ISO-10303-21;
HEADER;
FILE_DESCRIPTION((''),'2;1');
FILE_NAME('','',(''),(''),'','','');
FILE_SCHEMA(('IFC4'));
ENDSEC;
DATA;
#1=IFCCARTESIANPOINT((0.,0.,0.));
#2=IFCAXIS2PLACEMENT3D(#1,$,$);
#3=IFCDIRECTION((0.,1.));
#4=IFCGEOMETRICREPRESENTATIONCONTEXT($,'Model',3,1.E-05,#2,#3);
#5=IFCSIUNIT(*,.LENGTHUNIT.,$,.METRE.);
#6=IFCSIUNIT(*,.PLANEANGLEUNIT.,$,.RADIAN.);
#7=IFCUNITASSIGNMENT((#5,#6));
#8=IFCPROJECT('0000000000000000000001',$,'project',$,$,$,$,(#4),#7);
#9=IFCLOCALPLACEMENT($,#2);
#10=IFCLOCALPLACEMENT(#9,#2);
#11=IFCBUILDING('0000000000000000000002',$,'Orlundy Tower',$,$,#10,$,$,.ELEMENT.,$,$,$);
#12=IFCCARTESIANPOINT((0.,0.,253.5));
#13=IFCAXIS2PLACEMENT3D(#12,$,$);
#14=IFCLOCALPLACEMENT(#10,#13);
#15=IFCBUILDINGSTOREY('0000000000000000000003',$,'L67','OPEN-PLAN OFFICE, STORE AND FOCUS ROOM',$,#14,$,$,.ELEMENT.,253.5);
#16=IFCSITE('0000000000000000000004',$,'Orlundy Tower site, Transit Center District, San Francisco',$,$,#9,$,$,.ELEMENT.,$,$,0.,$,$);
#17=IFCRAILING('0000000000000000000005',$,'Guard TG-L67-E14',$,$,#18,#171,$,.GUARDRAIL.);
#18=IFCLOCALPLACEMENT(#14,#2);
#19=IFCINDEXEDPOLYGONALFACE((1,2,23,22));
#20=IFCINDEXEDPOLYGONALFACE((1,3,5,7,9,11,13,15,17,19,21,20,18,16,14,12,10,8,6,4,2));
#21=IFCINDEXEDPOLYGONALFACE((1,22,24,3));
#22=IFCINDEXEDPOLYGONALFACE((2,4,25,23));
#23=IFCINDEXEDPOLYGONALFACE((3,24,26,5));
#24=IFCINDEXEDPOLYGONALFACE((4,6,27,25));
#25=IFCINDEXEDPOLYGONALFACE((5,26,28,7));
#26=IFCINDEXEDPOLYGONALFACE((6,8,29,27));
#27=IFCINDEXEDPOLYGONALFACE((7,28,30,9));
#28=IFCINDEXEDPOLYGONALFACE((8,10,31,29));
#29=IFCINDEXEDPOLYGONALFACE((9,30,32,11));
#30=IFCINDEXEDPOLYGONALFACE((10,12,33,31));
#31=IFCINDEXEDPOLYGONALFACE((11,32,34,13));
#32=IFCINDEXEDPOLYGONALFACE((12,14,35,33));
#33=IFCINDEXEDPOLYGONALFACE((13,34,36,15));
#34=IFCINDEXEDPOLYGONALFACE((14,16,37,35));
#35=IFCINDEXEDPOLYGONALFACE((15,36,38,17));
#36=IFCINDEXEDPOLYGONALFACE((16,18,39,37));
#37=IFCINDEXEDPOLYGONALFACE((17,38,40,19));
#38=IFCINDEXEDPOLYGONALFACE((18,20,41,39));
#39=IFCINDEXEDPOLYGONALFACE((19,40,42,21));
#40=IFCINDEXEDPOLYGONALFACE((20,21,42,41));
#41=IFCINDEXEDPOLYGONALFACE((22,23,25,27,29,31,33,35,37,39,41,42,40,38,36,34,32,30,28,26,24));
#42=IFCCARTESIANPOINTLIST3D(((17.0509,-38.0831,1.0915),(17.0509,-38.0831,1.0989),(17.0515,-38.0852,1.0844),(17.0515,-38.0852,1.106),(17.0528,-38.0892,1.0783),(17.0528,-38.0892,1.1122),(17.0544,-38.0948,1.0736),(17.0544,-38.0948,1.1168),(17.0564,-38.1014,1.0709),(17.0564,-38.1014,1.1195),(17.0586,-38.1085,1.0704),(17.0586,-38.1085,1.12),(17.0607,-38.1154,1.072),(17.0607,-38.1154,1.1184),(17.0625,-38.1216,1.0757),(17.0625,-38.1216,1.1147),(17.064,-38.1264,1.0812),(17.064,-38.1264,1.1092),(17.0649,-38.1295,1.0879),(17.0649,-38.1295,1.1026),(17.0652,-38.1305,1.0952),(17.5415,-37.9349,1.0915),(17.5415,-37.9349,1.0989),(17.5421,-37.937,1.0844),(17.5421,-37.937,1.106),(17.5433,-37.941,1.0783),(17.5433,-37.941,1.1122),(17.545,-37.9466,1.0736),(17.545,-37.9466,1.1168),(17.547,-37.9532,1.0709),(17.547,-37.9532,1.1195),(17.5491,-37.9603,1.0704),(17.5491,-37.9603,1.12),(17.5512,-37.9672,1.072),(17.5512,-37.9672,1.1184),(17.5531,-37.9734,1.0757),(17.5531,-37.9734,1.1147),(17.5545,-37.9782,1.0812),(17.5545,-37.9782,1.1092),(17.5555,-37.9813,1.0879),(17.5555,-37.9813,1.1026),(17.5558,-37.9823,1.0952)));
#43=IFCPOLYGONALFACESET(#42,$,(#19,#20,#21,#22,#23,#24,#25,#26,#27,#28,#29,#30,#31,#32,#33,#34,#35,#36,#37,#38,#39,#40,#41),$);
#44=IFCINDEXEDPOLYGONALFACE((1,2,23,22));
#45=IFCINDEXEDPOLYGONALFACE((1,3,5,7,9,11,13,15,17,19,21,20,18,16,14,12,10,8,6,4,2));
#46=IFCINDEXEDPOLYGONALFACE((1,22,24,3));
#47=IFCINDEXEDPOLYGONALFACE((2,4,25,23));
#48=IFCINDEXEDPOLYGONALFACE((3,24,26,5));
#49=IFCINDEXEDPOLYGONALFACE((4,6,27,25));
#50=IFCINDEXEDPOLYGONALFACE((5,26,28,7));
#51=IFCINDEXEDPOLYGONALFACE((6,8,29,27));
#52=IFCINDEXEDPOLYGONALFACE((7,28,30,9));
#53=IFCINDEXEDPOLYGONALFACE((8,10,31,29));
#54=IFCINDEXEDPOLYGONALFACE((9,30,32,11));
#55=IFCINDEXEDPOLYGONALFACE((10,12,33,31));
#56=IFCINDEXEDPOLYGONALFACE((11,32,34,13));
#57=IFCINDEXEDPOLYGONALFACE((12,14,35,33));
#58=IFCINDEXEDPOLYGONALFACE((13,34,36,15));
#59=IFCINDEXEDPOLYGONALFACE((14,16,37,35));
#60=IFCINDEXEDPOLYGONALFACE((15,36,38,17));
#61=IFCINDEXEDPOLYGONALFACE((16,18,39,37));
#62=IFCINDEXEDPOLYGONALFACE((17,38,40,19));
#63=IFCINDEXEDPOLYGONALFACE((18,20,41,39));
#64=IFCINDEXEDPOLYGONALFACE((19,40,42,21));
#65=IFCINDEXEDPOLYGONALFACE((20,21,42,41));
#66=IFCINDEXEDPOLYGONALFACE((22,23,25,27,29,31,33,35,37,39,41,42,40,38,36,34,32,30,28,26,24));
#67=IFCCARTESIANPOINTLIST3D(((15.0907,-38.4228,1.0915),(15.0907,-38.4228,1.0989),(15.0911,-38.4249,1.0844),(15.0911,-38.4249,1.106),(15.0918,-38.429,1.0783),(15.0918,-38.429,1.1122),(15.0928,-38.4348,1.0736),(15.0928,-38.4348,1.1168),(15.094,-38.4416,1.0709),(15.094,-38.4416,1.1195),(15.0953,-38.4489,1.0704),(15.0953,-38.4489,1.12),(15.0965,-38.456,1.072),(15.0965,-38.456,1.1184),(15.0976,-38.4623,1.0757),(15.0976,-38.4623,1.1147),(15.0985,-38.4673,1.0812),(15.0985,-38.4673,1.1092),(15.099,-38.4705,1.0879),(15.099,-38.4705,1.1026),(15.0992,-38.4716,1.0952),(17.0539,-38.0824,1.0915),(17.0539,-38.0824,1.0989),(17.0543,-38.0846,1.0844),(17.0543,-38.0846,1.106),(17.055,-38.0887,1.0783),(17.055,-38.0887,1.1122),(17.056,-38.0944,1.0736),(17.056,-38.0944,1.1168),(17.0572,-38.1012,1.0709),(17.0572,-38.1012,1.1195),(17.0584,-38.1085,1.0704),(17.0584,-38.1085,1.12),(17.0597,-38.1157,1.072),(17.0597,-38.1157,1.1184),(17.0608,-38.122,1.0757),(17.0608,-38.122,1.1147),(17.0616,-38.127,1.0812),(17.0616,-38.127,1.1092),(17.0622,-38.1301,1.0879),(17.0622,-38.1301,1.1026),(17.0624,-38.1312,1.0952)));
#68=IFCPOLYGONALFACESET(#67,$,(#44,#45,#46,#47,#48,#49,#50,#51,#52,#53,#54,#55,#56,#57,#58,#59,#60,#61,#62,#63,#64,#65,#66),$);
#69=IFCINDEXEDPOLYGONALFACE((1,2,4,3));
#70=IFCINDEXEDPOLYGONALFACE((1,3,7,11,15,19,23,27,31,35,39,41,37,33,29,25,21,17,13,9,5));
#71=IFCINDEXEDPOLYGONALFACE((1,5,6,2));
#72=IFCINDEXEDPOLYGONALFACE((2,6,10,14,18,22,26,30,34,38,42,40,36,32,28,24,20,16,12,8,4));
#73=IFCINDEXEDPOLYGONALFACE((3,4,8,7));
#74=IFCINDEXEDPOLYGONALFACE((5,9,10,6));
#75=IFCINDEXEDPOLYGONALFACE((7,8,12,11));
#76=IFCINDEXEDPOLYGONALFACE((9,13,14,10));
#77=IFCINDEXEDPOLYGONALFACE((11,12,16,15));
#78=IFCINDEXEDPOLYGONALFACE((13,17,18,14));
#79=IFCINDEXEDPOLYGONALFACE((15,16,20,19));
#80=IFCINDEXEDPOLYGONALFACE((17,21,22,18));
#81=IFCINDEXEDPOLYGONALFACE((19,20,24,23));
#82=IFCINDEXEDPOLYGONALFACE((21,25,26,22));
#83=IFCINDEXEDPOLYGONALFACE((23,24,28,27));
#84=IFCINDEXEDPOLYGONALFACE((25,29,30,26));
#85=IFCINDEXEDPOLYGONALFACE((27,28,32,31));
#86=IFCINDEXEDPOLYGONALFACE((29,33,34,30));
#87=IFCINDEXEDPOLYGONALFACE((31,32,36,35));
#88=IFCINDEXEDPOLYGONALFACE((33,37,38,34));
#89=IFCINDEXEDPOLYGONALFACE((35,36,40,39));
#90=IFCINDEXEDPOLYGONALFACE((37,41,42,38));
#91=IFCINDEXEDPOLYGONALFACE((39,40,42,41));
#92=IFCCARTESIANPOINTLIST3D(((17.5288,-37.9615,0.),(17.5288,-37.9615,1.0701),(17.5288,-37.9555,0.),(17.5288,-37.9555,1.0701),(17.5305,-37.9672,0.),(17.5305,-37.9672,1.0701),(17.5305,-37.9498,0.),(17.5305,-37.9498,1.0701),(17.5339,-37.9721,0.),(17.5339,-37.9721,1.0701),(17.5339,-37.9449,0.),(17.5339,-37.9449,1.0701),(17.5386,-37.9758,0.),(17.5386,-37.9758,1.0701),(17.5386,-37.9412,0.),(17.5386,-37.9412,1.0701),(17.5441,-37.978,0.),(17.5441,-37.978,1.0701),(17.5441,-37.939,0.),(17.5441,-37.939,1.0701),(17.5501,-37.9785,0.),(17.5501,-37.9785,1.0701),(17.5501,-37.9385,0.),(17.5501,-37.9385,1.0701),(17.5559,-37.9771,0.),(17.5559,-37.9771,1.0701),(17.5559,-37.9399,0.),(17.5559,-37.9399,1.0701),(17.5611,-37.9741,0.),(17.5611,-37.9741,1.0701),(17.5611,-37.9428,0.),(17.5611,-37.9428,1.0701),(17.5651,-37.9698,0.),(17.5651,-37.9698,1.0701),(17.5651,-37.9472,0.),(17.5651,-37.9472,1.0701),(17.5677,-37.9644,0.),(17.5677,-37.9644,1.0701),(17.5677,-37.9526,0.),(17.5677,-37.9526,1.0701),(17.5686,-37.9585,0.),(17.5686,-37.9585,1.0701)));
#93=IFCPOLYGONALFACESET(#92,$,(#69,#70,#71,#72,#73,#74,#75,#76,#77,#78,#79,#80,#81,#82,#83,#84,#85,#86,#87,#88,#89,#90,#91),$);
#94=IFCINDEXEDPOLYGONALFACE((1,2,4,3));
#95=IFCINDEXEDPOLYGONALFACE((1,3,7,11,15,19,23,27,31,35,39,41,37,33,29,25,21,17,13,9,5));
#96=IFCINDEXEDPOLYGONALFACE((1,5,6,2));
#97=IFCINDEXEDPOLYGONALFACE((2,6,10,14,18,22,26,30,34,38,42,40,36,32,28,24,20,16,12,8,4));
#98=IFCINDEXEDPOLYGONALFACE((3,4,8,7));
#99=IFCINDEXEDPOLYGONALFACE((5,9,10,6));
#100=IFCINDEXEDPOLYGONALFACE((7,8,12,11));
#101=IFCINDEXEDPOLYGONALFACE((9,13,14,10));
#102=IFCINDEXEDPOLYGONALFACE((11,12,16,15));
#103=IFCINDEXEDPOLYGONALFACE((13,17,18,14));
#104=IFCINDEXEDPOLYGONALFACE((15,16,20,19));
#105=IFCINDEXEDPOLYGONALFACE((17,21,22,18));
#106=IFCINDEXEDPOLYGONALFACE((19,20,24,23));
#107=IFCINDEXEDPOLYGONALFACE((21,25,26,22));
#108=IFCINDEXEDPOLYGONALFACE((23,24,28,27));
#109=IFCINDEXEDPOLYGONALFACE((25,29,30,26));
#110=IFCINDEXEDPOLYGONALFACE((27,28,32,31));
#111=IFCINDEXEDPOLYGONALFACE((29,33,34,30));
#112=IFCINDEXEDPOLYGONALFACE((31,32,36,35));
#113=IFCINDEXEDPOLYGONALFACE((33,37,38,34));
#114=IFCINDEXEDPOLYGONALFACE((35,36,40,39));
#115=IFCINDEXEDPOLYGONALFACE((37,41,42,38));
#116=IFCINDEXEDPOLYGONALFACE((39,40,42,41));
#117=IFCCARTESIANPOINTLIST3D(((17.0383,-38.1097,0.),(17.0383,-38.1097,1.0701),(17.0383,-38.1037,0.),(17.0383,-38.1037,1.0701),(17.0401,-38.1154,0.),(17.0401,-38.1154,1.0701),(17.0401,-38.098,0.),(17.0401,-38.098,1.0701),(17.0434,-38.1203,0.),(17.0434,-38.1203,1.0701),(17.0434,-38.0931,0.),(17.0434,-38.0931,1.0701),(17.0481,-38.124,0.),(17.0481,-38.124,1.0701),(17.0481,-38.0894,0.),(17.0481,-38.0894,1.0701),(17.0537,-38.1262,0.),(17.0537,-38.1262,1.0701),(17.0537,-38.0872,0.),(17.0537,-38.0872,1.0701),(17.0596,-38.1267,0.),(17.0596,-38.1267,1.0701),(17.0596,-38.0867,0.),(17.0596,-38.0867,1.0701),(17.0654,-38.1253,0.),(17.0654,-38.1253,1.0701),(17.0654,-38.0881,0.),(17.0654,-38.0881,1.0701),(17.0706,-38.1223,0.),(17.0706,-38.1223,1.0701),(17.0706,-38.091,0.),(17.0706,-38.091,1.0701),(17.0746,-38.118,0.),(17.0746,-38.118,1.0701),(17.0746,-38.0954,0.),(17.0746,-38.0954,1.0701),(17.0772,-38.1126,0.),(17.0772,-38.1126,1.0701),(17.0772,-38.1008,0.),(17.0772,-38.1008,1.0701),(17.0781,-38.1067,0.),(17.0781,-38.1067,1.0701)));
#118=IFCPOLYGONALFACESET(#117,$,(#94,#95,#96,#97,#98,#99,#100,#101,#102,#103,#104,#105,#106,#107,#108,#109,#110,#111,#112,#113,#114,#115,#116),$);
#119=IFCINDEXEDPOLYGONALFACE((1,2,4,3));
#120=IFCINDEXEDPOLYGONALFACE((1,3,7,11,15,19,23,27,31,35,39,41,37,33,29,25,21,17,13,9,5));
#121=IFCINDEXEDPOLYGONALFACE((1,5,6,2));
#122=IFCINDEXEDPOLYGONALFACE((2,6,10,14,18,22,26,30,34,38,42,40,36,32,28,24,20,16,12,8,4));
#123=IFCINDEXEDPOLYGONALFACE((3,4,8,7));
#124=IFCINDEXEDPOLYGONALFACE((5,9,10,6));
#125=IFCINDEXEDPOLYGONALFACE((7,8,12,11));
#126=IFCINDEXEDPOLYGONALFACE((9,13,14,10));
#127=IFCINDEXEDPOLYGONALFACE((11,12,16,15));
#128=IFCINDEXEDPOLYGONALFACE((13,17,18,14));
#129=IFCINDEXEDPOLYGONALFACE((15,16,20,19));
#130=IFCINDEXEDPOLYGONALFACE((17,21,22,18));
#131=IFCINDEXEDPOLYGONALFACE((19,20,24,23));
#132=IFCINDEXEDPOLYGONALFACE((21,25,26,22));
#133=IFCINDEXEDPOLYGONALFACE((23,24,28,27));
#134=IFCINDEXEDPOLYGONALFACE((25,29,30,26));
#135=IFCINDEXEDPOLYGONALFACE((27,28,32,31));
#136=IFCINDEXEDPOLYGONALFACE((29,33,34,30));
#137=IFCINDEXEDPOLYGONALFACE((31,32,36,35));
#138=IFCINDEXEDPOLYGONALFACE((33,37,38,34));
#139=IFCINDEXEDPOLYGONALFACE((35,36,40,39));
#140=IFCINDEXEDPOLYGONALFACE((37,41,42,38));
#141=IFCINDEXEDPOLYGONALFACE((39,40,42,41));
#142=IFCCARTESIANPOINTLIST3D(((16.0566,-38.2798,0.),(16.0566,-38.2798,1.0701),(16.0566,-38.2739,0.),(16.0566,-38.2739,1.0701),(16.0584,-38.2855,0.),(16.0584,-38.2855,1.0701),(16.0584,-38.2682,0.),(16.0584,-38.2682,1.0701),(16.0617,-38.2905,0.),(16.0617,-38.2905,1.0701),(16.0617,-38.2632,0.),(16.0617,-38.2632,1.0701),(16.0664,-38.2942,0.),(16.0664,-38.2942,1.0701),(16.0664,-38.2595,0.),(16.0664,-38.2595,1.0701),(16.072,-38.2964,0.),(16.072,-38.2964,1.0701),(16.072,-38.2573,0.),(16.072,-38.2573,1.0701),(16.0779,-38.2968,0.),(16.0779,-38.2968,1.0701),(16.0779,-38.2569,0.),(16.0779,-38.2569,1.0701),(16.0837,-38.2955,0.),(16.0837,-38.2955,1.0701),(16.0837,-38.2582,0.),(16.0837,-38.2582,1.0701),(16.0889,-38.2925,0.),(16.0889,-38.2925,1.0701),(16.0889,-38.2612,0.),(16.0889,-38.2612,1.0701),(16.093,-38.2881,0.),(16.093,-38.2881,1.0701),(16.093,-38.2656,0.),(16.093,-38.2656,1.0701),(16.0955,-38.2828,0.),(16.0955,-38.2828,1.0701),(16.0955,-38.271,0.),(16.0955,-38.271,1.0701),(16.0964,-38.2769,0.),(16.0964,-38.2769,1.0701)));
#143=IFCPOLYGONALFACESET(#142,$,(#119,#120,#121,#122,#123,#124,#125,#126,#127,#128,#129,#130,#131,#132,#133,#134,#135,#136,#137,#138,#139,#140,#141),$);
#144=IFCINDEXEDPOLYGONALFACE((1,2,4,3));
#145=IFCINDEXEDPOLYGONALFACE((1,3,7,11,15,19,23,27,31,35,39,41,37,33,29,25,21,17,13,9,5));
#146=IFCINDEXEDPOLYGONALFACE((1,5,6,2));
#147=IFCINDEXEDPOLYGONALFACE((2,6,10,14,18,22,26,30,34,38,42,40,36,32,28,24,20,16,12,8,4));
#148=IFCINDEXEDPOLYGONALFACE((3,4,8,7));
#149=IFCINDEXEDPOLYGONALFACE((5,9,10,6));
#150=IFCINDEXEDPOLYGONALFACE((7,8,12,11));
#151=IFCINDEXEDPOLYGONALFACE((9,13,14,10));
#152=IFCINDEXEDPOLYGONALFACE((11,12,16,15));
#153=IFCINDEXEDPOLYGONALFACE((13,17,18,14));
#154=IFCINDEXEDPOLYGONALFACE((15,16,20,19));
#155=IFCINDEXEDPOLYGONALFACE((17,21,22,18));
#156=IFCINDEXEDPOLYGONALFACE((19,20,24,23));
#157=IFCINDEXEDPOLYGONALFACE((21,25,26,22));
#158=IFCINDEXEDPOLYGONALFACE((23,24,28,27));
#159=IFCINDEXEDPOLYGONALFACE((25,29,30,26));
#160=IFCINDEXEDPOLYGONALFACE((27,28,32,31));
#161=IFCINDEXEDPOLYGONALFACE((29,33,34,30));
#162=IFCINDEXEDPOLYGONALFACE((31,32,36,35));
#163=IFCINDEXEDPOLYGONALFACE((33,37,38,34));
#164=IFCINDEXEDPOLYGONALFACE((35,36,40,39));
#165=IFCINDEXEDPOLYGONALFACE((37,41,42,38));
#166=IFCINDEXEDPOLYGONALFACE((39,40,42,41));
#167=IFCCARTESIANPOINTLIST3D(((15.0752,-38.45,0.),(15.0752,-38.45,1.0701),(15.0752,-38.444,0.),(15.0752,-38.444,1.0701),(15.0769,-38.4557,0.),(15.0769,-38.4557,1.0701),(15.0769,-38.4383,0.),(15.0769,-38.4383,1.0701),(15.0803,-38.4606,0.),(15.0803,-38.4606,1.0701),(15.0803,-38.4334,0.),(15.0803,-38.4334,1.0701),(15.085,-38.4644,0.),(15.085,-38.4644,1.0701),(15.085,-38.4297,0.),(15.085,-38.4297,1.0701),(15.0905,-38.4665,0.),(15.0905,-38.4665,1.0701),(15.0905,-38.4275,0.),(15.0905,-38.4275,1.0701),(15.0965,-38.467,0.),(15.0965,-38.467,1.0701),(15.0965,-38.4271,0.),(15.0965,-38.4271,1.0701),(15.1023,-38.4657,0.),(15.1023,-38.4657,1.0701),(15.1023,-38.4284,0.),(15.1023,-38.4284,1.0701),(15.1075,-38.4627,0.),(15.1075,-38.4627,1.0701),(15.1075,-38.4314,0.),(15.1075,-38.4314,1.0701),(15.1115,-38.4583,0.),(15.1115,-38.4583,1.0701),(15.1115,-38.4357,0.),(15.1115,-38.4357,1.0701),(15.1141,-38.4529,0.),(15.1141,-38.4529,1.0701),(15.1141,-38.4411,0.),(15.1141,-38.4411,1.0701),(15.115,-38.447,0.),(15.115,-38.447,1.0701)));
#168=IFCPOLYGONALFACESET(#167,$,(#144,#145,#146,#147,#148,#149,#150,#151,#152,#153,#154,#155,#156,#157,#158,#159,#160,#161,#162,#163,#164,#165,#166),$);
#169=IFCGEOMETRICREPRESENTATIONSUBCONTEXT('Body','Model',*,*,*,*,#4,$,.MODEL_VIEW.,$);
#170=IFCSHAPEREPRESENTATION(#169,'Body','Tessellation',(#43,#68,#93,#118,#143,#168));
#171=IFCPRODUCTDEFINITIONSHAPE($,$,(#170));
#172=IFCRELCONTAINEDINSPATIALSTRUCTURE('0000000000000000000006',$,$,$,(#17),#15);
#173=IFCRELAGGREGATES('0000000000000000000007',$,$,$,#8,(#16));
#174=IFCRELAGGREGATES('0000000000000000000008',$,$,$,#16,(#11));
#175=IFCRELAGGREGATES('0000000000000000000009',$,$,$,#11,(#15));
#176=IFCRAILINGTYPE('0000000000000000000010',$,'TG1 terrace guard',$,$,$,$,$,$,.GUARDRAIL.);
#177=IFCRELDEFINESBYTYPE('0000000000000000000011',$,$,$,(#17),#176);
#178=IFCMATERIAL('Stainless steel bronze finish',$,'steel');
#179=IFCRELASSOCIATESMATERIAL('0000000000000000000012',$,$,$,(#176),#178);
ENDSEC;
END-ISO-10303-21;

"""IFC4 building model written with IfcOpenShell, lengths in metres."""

from ifc_helpers import new_model, si_unit, direction, frame, origin, origin_2d, place, context, subcontext, project, spatial, circle, extrude, material, type_object, element, save


model = new_model("IFC4")

# Units and contexts
model_context = context("Model", 3, precision=1e-05, world=origin(), true_north=direction((0.0, 1.0)))
body_context = subcontext(model_context, "Body", "Model", "MODEL_VIEW")
ifc_project = project(units=[si_unit("LENGTHUNIT", "METRE"), si_unit("PLANEANGLEUNIT", "RADIAN")], contexts=[model_context])

# Site, building, storey
site_placement = place(None, origin())
site = spatial("IfcSite", under=ifc_project, at=site_placement, Name="Orlundy Tower site, Transit Center District, San Francisco", CompositionType="ELEMENT", RefElevation=0.0)
building_placement = place(site_placement, origin())
building = spatial("IfcBuilding", under=site, at=building_placement, Name="Orlundy Tower", CompositionType="ELEMENT")
storey_placement = place(building_placement, frame((0.0, 0.0, 253.5)))
storey = spatial("IfcBuildingStorey", under=building, at=storey_placement, Name="L67", Description="OPEN-PLAN OFFICE, STORE AND FOCUS ROOM", CompositionType="ELEMENT", Elevation=253.5)

# Railing
ifc_material_1 = material(Name="Stainless steel bronze finish", Category="steel")
railing_type = type_object("IfcRailingType", Name="TG1 terrace guard", PredefinedType="GUARDRAIL", material=ifc_material_1)
railing_1_placement = place(storey_placement, frame((17.5486, -37.9585, 0.0)))
element("IfcRailing", 1, at=railing_1_placement, inside=storey, type_object=railing_type, Name="Guard TG-L67-E14", PredefinedType="GUARDRAIL", context=body_context, shape_type="SweptSolid", body=[
    extrude(circle(Radius=0.0249, at=origin_2d()), frame((0.0, 0.0, 1.0952), z_axis=(-0.957261, -0.289227, 0.0), x_axis=(0.289227, -0.957261, 0.0)), (0.0, 0.0, 1.0), 0.5125),
    extrude(circle(Radius=0.0249, at=origin_2d()), frame((-0.4905, -0.1482, 1.0952), z_axis=(-0.985303, -0.170814, 0.0), x_axis=(0.170814, -0.985303, 0.0)), (0.0, 0.0, 1.0), 1.9924),
    extrude(circle(Radius=0.02, at=origin_2d()), origin(), (0.0, 0.0, 1.0), 1.0701),
    extrude(circle(Radius=0.02, at=origin_2d()), frame((-0.4905, -0.1482, 0.0)), (0.0, 0.0, 1.0), 1.0701),
    extrude(circle(Radius=0.02, at=origin_2d()), frame((-1.4722, -0.3184, 0.0)), (0.0, 0.0, 1.0), 1.0701),
    extrude(circle(Radius=0.02, at=origin_2d()), frame((-2.4536, -0.4885, 0.0)), (0.0, 0.0, 1.0), 1.0701),
])

save(model, "model.ifc")
